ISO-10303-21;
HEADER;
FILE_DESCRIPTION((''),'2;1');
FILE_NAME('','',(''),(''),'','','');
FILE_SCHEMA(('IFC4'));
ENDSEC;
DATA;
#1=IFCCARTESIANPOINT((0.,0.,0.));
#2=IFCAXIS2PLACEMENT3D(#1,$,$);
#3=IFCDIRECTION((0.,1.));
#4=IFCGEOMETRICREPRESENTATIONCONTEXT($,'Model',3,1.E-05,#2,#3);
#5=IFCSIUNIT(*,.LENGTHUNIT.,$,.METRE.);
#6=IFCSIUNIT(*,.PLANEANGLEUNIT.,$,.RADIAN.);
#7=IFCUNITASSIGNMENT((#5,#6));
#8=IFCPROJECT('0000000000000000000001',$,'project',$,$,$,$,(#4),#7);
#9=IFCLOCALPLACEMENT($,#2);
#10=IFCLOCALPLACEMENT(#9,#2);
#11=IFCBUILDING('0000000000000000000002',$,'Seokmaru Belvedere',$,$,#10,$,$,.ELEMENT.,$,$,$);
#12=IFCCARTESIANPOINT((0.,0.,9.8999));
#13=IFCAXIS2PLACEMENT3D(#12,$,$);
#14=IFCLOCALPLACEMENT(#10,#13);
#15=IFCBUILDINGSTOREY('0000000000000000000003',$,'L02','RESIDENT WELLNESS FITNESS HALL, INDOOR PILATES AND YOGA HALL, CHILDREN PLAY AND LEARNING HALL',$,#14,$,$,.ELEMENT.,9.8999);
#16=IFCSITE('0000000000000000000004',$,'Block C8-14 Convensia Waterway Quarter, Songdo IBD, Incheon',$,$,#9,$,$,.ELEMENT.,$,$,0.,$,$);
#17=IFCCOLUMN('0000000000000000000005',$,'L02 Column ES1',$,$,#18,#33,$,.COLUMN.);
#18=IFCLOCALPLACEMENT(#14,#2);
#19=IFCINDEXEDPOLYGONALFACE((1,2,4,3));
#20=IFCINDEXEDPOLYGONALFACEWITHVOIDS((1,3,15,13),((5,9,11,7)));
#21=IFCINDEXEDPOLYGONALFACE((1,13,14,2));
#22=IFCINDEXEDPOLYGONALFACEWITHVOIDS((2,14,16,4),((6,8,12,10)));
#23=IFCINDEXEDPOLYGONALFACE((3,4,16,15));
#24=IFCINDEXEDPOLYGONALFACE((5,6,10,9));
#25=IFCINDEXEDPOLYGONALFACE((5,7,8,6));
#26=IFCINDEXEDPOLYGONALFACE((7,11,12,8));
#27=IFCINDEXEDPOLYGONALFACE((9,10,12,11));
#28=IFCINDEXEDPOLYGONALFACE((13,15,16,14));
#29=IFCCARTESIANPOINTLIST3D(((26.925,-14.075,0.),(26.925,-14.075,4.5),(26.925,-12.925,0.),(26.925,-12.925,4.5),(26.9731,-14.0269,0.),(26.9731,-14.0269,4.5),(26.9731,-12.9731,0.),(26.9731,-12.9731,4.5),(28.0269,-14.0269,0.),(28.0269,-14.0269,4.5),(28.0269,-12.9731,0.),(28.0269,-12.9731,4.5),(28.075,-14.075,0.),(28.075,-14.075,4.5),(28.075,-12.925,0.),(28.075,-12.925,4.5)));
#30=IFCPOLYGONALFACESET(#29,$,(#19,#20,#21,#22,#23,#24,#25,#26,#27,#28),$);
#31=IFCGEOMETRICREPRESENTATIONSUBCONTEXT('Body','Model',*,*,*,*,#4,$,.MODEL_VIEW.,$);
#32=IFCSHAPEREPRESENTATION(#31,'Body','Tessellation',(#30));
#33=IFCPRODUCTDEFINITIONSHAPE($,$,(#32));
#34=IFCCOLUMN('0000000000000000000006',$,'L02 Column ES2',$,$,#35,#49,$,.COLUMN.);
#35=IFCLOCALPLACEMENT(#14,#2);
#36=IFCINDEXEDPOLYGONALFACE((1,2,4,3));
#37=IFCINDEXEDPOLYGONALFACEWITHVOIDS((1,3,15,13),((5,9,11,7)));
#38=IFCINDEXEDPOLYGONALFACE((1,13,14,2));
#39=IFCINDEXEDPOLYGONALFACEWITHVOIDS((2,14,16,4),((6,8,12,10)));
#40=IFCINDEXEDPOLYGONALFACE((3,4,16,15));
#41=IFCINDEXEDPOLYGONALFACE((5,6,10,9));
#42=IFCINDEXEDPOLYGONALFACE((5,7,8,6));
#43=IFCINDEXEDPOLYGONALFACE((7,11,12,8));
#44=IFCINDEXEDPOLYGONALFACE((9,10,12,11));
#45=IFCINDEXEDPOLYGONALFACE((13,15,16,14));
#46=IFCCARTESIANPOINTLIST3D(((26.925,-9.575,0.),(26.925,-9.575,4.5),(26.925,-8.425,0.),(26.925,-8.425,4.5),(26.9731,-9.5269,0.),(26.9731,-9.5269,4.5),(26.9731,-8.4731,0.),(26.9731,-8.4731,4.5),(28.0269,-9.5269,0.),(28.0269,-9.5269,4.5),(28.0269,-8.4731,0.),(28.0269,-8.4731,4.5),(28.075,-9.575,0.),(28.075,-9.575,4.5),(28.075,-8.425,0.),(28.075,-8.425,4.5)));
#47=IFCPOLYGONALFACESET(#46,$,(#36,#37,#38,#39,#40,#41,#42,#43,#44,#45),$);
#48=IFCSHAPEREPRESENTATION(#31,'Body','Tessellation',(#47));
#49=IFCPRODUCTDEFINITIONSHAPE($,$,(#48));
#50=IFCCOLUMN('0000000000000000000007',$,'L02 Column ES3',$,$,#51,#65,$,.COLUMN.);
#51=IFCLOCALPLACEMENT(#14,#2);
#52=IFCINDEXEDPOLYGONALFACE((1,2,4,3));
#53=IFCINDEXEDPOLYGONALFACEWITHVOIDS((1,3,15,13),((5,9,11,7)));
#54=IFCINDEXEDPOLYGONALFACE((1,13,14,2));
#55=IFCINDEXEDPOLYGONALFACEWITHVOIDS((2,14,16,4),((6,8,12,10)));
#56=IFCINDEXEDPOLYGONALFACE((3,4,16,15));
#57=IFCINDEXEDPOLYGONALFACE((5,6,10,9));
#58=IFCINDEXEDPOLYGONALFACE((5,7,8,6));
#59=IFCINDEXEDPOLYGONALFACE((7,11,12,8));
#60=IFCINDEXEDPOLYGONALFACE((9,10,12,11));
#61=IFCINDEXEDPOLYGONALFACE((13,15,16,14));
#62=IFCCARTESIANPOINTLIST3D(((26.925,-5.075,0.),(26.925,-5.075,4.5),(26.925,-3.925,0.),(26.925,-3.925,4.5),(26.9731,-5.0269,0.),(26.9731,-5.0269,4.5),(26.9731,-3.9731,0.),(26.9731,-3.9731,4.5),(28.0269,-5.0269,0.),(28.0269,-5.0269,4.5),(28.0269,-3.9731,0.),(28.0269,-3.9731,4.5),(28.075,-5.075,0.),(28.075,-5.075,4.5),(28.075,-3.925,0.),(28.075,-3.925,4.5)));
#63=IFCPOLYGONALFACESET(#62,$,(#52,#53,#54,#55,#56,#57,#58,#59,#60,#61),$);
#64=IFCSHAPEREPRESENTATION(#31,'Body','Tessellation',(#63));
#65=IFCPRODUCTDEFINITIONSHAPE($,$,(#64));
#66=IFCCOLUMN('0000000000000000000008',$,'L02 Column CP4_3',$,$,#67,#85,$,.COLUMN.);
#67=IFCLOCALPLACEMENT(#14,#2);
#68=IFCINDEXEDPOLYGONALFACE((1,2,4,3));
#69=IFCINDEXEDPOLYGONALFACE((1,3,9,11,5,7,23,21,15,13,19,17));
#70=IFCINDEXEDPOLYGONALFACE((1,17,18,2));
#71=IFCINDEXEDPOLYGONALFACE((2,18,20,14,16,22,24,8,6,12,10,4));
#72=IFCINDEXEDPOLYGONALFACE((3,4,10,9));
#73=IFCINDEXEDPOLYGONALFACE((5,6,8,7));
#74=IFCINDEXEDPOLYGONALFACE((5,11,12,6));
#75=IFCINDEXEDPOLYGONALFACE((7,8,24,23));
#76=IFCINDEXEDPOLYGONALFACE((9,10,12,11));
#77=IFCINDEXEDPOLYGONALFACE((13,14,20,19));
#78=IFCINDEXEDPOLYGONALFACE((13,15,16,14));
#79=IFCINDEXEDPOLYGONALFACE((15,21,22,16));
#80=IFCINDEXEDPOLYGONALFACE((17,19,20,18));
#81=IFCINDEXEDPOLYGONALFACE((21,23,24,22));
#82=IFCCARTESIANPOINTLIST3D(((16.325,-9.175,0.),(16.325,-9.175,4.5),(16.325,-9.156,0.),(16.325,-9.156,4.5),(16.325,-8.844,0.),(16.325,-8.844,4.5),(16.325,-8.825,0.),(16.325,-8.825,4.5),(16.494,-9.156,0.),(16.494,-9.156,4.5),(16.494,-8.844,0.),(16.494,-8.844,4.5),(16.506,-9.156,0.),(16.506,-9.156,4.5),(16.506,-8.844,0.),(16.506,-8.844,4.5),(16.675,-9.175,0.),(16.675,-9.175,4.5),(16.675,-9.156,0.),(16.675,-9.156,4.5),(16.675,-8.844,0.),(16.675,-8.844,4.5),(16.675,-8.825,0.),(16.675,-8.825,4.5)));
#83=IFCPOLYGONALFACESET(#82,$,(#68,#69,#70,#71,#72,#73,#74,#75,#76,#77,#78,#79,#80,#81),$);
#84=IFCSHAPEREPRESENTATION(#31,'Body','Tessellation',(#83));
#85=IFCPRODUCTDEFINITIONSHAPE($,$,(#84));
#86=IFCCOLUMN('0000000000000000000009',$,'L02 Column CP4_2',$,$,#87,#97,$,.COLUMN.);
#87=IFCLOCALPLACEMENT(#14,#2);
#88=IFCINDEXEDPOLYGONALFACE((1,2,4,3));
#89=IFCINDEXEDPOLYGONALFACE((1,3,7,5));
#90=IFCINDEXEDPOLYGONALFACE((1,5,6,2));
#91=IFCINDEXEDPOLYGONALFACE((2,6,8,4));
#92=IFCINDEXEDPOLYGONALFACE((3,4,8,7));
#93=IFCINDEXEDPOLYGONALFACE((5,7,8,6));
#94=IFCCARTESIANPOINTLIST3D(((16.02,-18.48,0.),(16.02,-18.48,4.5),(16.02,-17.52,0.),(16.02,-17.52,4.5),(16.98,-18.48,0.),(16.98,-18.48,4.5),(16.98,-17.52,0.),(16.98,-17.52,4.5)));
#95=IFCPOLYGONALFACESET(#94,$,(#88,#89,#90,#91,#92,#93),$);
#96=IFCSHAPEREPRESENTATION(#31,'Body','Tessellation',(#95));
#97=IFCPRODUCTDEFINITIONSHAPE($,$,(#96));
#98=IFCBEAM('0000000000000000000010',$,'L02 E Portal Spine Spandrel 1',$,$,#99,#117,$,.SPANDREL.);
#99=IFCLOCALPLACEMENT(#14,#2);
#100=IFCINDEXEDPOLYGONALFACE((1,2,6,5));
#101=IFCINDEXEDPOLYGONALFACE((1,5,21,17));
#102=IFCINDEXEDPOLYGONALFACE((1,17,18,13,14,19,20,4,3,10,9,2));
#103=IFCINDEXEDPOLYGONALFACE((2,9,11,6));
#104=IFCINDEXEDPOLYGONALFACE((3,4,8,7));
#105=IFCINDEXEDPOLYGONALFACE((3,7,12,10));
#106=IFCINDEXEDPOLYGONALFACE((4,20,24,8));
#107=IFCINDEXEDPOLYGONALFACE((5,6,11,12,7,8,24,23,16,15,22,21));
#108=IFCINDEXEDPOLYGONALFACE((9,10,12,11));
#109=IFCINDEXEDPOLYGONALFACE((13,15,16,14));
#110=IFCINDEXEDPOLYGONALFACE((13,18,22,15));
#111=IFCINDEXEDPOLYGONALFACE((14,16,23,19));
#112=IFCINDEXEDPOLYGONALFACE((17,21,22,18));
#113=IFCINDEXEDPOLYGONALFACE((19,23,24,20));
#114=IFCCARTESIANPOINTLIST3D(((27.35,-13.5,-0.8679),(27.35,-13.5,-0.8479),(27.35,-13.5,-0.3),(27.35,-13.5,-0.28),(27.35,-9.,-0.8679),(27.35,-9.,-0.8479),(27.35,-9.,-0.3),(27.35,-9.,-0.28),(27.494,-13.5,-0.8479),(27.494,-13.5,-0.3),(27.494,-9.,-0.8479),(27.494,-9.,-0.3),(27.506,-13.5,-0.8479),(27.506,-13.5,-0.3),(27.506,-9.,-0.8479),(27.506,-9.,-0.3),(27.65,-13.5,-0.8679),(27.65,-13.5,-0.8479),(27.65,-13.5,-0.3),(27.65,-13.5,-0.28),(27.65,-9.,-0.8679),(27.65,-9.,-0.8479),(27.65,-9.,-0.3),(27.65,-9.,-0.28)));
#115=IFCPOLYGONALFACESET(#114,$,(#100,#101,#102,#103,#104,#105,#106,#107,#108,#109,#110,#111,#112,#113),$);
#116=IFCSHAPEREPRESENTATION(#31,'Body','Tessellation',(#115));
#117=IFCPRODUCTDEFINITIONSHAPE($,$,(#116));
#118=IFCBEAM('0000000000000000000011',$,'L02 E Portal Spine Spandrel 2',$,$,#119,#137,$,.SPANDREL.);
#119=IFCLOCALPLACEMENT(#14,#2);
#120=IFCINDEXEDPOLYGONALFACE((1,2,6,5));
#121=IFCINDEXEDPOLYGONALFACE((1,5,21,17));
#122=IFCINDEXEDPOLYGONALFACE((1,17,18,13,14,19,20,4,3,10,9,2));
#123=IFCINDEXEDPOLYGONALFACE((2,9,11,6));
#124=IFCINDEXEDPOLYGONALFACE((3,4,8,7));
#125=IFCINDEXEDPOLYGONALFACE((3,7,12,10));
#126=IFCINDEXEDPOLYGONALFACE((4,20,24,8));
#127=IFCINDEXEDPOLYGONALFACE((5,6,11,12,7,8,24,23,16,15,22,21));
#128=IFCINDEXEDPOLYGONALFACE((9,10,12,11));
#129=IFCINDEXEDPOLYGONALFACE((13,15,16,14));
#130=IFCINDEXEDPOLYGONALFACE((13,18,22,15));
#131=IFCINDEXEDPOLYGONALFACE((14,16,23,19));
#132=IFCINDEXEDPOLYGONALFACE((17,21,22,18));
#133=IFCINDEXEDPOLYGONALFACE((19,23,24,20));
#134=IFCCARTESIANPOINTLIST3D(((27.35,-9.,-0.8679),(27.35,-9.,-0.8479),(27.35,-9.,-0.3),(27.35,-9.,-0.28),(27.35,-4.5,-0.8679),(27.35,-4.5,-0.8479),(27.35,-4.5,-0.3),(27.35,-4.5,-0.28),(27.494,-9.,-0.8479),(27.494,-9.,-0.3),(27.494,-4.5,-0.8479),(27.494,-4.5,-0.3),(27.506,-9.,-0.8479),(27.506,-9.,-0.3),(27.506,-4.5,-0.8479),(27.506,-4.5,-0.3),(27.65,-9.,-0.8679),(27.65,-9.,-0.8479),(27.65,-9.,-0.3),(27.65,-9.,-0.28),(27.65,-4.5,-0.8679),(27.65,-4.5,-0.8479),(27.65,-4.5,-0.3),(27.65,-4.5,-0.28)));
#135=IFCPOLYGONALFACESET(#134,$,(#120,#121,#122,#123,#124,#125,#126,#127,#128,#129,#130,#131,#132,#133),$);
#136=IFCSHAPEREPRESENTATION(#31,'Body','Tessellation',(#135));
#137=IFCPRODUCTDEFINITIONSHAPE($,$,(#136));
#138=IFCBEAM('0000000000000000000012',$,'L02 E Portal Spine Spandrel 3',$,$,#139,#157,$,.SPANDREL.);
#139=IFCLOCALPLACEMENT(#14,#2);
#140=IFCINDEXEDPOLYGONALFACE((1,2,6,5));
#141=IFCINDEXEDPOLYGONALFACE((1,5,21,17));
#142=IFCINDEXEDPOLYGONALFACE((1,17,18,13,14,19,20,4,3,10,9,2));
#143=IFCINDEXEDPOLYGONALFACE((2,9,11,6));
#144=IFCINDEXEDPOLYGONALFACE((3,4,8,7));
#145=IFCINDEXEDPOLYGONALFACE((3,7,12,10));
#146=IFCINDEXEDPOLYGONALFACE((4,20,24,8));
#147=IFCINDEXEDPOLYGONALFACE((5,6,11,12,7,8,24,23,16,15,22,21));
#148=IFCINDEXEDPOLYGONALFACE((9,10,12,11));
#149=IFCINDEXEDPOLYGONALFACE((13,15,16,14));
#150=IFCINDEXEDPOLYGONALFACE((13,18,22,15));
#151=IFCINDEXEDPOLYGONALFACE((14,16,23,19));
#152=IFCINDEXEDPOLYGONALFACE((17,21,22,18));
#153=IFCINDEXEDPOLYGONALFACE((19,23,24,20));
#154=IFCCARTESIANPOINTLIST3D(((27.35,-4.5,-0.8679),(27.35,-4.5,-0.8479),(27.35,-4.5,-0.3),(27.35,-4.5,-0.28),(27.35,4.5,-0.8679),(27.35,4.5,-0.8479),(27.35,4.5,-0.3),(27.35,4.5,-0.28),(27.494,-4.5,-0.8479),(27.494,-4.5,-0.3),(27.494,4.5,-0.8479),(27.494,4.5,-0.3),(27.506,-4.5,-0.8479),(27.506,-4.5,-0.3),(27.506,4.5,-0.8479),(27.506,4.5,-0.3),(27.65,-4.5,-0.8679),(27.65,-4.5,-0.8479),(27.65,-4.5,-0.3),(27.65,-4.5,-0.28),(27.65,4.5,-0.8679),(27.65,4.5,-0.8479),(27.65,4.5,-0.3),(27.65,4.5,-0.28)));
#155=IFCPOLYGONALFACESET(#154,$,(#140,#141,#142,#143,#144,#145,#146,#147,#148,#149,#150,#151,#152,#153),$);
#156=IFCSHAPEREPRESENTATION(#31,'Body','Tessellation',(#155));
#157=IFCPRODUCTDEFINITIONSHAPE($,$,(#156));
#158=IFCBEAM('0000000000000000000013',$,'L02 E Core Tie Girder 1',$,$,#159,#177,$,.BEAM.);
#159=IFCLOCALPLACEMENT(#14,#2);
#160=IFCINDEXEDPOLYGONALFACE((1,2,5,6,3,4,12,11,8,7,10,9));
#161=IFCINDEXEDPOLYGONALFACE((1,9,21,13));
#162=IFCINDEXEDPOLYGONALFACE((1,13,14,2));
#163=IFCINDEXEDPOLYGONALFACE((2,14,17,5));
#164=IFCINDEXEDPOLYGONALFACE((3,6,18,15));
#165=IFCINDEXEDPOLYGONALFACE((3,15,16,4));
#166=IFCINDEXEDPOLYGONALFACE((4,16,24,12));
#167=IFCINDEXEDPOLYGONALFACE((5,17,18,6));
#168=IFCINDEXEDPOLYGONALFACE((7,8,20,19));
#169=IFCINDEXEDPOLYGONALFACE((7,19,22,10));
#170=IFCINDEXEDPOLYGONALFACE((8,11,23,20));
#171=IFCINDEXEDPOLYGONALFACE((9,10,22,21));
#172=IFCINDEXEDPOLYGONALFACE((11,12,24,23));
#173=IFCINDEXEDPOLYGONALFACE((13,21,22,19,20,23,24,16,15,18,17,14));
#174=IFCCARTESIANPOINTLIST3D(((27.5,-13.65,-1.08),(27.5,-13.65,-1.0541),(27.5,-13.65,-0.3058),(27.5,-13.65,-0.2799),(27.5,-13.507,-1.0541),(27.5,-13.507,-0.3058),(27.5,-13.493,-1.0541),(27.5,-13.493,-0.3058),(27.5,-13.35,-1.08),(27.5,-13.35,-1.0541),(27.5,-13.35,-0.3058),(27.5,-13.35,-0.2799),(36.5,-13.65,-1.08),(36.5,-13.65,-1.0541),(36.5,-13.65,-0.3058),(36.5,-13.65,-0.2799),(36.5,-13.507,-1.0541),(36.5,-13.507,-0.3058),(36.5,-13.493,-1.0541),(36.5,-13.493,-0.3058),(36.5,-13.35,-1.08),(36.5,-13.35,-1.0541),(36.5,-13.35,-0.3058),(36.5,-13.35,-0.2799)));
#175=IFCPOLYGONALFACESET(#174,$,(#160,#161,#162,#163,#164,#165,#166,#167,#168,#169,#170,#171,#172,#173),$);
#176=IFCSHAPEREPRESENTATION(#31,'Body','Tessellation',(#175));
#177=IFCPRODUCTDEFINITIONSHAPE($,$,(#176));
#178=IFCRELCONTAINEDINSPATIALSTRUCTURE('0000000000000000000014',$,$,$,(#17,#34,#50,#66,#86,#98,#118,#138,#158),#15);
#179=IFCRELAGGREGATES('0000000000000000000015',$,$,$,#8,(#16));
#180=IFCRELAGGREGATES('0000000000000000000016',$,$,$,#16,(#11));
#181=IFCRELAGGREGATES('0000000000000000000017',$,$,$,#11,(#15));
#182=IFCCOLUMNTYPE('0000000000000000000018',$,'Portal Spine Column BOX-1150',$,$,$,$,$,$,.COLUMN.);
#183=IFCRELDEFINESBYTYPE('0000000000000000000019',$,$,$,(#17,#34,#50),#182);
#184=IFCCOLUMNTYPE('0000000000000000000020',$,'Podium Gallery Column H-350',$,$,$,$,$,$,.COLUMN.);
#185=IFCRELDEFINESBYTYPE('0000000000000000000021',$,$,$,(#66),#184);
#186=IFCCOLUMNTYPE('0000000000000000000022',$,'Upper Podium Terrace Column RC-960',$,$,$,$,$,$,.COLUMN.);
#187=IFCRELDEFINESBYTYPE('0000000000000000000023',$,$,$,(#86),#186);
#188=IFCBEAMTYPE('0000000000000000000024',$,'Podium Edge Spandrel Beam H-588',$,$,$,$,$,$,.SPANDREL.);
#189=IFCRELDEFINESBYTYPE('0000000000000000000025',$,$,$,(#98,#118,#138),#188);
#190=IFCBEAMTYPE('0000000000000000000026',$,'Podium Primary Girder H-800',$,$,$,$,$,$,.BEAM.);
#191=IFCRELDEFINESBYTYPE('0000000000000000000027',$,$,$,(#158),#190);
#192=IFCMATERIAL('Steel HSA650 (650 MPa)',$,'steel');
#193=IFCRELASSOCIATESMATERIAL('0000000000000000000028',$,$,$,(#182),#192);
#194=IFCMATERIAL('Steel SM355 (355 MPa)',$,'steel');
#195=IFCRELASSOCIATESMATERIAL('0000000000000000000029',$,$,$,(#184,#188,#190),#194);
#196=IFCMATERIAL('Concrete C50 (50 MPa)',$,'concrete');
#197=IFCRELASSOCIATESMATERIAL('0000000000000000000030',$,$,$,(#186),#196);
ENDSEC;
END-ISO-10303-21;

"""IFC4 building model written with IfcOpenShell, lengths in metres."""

from ifc_helpers import new_model, si_unit, direction, frame, origin, origin_2d, place, context, subcontext, project, spatial, rectangle, hollow_rectangle, i_section, extrude, source, transform, mapped, material, material_profile, profile_set, type_object, type_shapes, element, save


model = new_model("IFC4")

# Units and contexts
model_context = context("Model", 3, precision=1e-05, world=origin(), true_north=direction((0.0, 1.0)))
body_context = subcontext(model_context, "Body", "Model", "MODEL_VIEW")
ifc_project = project(units=[si_unit("LENGTHUNIT", "METRE"), si_unit("PLANEANGLEUNIT", "RADIAN")], contexts=[model_context])

# Site, building, storey
site_placement = place(None, origin())
site = spatial("IfcSite", under=ifc_project, at=site_placement, Name="Block C8-14 Convensia Waterway Quarter, Songdo IBD, Incheon", CompositionType="ELEMENT", RefElevation=0.0)
building_placement = place(site_placement, origin())
building = spatial("IfcBuilding", under=site, at=building_placement, Name="Seokmaru Belvedere", CompositionType="ELEMENT")
storey_placement = place(building_placement, frame((0.0, 0.0, 9.8999)))
storey = spatial("IfcBuildingStorey", under=building, at=storey_placement, Name="L02", Description="RESIDENT WELLNESS FITNESS HALL, INDOOR PILATES AND YOGA HALL, CHILDREN PLAY AND LEARNING HALL", CompositionType="ELEMENT", Elevation=9.8999)

# Columns
ifc_material_1 = material(Name="Steel HSA650 (650 MPa)", Category="steel")
ifc_material_profile_1 = material_profile(ifc_material_1, hollow_rectangle(XDim=1.1499, YDim=1.1499, WallThickness=0.0481, at=origin_2d()), Name="BOX-1150x1150x48")
ifc_profile_set_1 = profile_set([ifc_material_profile_1], Name="Steel HSA650 (650 MPa)")
column_type_1 = type_object("IfcColumnType", Name="Portal Spine Column BOX-1150", PredefinedType="COLUMN", material=ifc_profile_set_1)
shared_shape_1 = source(origin(), body_context, "Body", "SweptSolid", [
    extrude(hollow_rectangle(XDim=1.1499, YDim=1.1499, WallThickness=0.0481, at=origin_2d()), origin(), (0.0, 0.0, 1.0), 4.5),
])
type_shapes(column_type_1, [shared_shape_1])
for number, where, z_axis, x_axis, name in (
    (1, (27.5, -13.5, 0.0), (0.0, 0.0, 1.0), (1.0, 0.0, 0.0), "L02 Column ES1"),
    (2, (27.5, -9.0, 0.0), (0.0, 0.0, 1.0), (1.0, 0.0, 0.0), "L02 Column ES2"),
    (3, (27.5, -4.5, 0.0), (0.0, 0.0, 1.0), (1.0, 0.0, 0.0), "L02 Column ES3"),
):
    element("IfcColumn", number, at=place(storey_placement, frame(where, z_axis=z_axis, x_axis=x_axis)), inside=storey, type_object=column_type_1, Name=name, PredefinedType="COLUMN", context=body_context, shape_type="MappedRepresentation", body=[
        mapped(shared_shape_1, transform((0.0, 0.0, 0.0), scale=1.0)),
    ])
ifc_material_2 = material(Name="Steel SM355 (355 MPa)", Category="steel")
ifc_material_profile_2 = material_profile(ifc_material_2, i_section(OverallWidth=0.3501, OverallDepth=0.3501, WebThickness=0.012, FlangeThickness=0.019, at=origin_2d()), Name="H-350x350x12x19")
ifc_profile_set_2 = profile_set([ifc_material_profile_2], Name="Steel SM355 (355 MPa)")
column_type_2 = type_object("IfcColumnType", Name="Podium Gallery Column H-350", PredefinedType="COLUMN", material=ifc_profile_set_2)
shared_shape_2 = source(origin(), body_context, "Body", "SweptSolid", [
    extrude(i_section(OverallWidth=0.3501, OverallDepth=0.3501, WebThickness=0.012, FlangeThickness=0.019, at=origin_2d()), origin(), (0.0, 0.0, 1.0), 4.5),
])
type_shapes(column_type_2, [shared_shape_2])
column_1_placement = place(storey_placement, frame((16.5, -9.0, 0.0), z_axis=(0.0, 0.0, 1.0), x_axis=(1.0, 0.0, 0.0)))
element("IfcColumn", 4, at=column_1_placement, inside=storey, type_object=column_type_2, Name="L02 Column CP4_3", PredefinedType="COLUMN", context=body_context, shape_type="MappedRepresentation", body=[
    mapped(shared_shape_2, transform((0.0, 0.0, 0.0), scale=1.0)),
])
ifc_material_3 = material(Name="Concrete C50 (50 MPa)", Category="concrete")
ifc_material_profile_3 = material_profile(ifc_material_3, rectangle(XDim=0.96, YDim=0.96, at=origin_2d()), Name="RC-960x960")
ifc_profile_set_3 = profile_set([ifc_material_profile_3], Name="Concrete C50 (50 MPa)")
column_type_3 = type_object("IfcColumnType", Name="Upper Podium Terrace Column RC-960", PredefinedType="COLUMN", material=ifc_profile_set_3)
shared_shape_3 = source(origin(), body_context, "Body", "SweptSolid", [
    extrude(rectangle(XDim=0.96, YDim=0.96, at=origin_2d()), origin(), (0.0, 0.0, 1.0), 4.5),
])
type_shapes(column_type_3, [shared_shape_3])
column_2_placement = place(storey_placement, frame((16.5, -18.0, 0.0), z_axis=(0.0, 0.0, 1.0), x_axis=(1.0, 0.0, 0.0)))
element("IfcColumn", 5, at=column_2_placement, inside=storey, type_object=column_type_3, Name="L02 Column CP4_2", PredefinedType="COLUMN", context=body_context, shape_type="MappedRepresentation", body=[
    mapped(shared_shape_3, transform((0.0, 0.0, 0.0), scale=1.0)),
])

# Beams
ifc_material_profile_4 = material_profile(ifc_material_2, i_section(OverallWidth=0.3, OverallDepth=0.5879, WebThickness=0.012, FlangeThickness=0.02, at=origin_2d()), Name="H-588x300x12x20")
ifc_profile_set_4 = profile_set([ifc_material_profile_4], Name="Steel SM355 (355 MPa)")
beam_type_1 = type_object("IfcBeamType", Name="Podium Edge Spandrel Beam H-588", PredefinedType="SPANDREL", material=ifc_profile_set_4)
shared_shape_4 = source(origin(), body_context, "Body", "SweptSolid", [
    extrude(i_section(OverallWidth=0.3, OverallDepth=0.5879, WebThickness=0.012, FlangeThickness=0.02, at=origin_2d()), origin(), (0.0, 0.0, 1.0), 4.5),
])
for number, where, z_axis, x_axis, name in (
    (6, (27.5, -13.5, -0.574), (0.0, 1.0, 0.0), (-1.0, 0.0, 0.0), "L02 E Portal Spine Spandrel 1"),
    (7, (27.5, -9.0, -0.574), (0.0, 1.0, 0.0), (-1.0, 0.0, 0.0), "L02 E Portal Spine Spandrel 2"),
):
    element("IfcBeam", number, at=place(storey_placement, frame(where, z_axis=z_axis, x_axis=x_axis)), inside=storey, type_object=beam_type_1, Name=name, PredefinedType="SPANDREL", context=body_context, shape_type="MappedRepresentation", body=[
        mapped(shared_shape_4, transform((0.0, 0.0, 0.0), scale=1.0)),
    ])
shared_shape_5 = source(origin(), body_context, "Body", "SweptSolid", [
    extrude(i_section(OverallWidth=0.3, OverallDepth=0.5879, WebThickness=0.012, FlangeThickness=0.02, at=origin_2d()), origin(), (0.0, 0.0, 1.0), 9.0),
])
type_shapes(beam_type_1, [shared_shape_4, shared_shape_5])
beam_1_placement = place(storey_placement, frame((27.5, -4.5, -0.574), z_axis=(0.0, 1.0, 0.0), x_axis=(-1.0, 0.0, 0.0)))
element("IfcBeam", 8, at=beam_1_placement, inside=storey, type_object=beam_type_1, Name="L02 E Portal Spine Spandrel 3", PredefinedType="SPANDREL", context=body_context, shape_type="MappedRepresentation", body=[
    mapped(shared_shape_5, transform((0.0, 0.0, 0.0), scale=1.0)),
])
ifc_material_profile_5 = material_profile(ifc_material_2, i_section(OverallWidth=0.3, OverallDepth=0.8, WebThickness=0.0139, FlangeThickness=0.0259, at=origin_2d()), Name="H-800x300x14x26")
ifc_profile_set_5 = profile_set([ifc_material_profile_5], Name="Steel SM355 (355 MPa)")
beam_type_2 = type_object("IfcBeamType", Name="Podium Primary Girder H-800", PredefinedType="BEAM", material=ifc_profile_set_5)
shared_shape_6 = source(origin(), body_context, "Body", "SweptSolid", [
    extrude(i_section(OverallWidth=0.3, OverallDepth=0.8, WebThickness=0.0139, FlangeThickness=0.0259, at=origin_2d()), origin(), (0.0, 0.0, 1.0), 9.0),
])
for number, where, z_axis, x_axis, name in (
    (9, (27.5, -13.5, -0.6799), (1.0, 0.0, 0.0), (0.0, 1.0, 0.0), "L02 E Core Tie Girder 1"),
):
    element("IfcBeam", number, at=place(storey_placement, frame(where, z_axis=z_axis, x_axis=x_axis)), inside=storey, type_object=beam_type_2, Name=name, PredefinedType="BEAM", context=body_context, shape_type="MappedRepresentation", body=[
        mapped(shared_shape_6, transform((0.0, 0.0, 0.0), scale=1.0)),
    ])

save(model, "model.ifc")
